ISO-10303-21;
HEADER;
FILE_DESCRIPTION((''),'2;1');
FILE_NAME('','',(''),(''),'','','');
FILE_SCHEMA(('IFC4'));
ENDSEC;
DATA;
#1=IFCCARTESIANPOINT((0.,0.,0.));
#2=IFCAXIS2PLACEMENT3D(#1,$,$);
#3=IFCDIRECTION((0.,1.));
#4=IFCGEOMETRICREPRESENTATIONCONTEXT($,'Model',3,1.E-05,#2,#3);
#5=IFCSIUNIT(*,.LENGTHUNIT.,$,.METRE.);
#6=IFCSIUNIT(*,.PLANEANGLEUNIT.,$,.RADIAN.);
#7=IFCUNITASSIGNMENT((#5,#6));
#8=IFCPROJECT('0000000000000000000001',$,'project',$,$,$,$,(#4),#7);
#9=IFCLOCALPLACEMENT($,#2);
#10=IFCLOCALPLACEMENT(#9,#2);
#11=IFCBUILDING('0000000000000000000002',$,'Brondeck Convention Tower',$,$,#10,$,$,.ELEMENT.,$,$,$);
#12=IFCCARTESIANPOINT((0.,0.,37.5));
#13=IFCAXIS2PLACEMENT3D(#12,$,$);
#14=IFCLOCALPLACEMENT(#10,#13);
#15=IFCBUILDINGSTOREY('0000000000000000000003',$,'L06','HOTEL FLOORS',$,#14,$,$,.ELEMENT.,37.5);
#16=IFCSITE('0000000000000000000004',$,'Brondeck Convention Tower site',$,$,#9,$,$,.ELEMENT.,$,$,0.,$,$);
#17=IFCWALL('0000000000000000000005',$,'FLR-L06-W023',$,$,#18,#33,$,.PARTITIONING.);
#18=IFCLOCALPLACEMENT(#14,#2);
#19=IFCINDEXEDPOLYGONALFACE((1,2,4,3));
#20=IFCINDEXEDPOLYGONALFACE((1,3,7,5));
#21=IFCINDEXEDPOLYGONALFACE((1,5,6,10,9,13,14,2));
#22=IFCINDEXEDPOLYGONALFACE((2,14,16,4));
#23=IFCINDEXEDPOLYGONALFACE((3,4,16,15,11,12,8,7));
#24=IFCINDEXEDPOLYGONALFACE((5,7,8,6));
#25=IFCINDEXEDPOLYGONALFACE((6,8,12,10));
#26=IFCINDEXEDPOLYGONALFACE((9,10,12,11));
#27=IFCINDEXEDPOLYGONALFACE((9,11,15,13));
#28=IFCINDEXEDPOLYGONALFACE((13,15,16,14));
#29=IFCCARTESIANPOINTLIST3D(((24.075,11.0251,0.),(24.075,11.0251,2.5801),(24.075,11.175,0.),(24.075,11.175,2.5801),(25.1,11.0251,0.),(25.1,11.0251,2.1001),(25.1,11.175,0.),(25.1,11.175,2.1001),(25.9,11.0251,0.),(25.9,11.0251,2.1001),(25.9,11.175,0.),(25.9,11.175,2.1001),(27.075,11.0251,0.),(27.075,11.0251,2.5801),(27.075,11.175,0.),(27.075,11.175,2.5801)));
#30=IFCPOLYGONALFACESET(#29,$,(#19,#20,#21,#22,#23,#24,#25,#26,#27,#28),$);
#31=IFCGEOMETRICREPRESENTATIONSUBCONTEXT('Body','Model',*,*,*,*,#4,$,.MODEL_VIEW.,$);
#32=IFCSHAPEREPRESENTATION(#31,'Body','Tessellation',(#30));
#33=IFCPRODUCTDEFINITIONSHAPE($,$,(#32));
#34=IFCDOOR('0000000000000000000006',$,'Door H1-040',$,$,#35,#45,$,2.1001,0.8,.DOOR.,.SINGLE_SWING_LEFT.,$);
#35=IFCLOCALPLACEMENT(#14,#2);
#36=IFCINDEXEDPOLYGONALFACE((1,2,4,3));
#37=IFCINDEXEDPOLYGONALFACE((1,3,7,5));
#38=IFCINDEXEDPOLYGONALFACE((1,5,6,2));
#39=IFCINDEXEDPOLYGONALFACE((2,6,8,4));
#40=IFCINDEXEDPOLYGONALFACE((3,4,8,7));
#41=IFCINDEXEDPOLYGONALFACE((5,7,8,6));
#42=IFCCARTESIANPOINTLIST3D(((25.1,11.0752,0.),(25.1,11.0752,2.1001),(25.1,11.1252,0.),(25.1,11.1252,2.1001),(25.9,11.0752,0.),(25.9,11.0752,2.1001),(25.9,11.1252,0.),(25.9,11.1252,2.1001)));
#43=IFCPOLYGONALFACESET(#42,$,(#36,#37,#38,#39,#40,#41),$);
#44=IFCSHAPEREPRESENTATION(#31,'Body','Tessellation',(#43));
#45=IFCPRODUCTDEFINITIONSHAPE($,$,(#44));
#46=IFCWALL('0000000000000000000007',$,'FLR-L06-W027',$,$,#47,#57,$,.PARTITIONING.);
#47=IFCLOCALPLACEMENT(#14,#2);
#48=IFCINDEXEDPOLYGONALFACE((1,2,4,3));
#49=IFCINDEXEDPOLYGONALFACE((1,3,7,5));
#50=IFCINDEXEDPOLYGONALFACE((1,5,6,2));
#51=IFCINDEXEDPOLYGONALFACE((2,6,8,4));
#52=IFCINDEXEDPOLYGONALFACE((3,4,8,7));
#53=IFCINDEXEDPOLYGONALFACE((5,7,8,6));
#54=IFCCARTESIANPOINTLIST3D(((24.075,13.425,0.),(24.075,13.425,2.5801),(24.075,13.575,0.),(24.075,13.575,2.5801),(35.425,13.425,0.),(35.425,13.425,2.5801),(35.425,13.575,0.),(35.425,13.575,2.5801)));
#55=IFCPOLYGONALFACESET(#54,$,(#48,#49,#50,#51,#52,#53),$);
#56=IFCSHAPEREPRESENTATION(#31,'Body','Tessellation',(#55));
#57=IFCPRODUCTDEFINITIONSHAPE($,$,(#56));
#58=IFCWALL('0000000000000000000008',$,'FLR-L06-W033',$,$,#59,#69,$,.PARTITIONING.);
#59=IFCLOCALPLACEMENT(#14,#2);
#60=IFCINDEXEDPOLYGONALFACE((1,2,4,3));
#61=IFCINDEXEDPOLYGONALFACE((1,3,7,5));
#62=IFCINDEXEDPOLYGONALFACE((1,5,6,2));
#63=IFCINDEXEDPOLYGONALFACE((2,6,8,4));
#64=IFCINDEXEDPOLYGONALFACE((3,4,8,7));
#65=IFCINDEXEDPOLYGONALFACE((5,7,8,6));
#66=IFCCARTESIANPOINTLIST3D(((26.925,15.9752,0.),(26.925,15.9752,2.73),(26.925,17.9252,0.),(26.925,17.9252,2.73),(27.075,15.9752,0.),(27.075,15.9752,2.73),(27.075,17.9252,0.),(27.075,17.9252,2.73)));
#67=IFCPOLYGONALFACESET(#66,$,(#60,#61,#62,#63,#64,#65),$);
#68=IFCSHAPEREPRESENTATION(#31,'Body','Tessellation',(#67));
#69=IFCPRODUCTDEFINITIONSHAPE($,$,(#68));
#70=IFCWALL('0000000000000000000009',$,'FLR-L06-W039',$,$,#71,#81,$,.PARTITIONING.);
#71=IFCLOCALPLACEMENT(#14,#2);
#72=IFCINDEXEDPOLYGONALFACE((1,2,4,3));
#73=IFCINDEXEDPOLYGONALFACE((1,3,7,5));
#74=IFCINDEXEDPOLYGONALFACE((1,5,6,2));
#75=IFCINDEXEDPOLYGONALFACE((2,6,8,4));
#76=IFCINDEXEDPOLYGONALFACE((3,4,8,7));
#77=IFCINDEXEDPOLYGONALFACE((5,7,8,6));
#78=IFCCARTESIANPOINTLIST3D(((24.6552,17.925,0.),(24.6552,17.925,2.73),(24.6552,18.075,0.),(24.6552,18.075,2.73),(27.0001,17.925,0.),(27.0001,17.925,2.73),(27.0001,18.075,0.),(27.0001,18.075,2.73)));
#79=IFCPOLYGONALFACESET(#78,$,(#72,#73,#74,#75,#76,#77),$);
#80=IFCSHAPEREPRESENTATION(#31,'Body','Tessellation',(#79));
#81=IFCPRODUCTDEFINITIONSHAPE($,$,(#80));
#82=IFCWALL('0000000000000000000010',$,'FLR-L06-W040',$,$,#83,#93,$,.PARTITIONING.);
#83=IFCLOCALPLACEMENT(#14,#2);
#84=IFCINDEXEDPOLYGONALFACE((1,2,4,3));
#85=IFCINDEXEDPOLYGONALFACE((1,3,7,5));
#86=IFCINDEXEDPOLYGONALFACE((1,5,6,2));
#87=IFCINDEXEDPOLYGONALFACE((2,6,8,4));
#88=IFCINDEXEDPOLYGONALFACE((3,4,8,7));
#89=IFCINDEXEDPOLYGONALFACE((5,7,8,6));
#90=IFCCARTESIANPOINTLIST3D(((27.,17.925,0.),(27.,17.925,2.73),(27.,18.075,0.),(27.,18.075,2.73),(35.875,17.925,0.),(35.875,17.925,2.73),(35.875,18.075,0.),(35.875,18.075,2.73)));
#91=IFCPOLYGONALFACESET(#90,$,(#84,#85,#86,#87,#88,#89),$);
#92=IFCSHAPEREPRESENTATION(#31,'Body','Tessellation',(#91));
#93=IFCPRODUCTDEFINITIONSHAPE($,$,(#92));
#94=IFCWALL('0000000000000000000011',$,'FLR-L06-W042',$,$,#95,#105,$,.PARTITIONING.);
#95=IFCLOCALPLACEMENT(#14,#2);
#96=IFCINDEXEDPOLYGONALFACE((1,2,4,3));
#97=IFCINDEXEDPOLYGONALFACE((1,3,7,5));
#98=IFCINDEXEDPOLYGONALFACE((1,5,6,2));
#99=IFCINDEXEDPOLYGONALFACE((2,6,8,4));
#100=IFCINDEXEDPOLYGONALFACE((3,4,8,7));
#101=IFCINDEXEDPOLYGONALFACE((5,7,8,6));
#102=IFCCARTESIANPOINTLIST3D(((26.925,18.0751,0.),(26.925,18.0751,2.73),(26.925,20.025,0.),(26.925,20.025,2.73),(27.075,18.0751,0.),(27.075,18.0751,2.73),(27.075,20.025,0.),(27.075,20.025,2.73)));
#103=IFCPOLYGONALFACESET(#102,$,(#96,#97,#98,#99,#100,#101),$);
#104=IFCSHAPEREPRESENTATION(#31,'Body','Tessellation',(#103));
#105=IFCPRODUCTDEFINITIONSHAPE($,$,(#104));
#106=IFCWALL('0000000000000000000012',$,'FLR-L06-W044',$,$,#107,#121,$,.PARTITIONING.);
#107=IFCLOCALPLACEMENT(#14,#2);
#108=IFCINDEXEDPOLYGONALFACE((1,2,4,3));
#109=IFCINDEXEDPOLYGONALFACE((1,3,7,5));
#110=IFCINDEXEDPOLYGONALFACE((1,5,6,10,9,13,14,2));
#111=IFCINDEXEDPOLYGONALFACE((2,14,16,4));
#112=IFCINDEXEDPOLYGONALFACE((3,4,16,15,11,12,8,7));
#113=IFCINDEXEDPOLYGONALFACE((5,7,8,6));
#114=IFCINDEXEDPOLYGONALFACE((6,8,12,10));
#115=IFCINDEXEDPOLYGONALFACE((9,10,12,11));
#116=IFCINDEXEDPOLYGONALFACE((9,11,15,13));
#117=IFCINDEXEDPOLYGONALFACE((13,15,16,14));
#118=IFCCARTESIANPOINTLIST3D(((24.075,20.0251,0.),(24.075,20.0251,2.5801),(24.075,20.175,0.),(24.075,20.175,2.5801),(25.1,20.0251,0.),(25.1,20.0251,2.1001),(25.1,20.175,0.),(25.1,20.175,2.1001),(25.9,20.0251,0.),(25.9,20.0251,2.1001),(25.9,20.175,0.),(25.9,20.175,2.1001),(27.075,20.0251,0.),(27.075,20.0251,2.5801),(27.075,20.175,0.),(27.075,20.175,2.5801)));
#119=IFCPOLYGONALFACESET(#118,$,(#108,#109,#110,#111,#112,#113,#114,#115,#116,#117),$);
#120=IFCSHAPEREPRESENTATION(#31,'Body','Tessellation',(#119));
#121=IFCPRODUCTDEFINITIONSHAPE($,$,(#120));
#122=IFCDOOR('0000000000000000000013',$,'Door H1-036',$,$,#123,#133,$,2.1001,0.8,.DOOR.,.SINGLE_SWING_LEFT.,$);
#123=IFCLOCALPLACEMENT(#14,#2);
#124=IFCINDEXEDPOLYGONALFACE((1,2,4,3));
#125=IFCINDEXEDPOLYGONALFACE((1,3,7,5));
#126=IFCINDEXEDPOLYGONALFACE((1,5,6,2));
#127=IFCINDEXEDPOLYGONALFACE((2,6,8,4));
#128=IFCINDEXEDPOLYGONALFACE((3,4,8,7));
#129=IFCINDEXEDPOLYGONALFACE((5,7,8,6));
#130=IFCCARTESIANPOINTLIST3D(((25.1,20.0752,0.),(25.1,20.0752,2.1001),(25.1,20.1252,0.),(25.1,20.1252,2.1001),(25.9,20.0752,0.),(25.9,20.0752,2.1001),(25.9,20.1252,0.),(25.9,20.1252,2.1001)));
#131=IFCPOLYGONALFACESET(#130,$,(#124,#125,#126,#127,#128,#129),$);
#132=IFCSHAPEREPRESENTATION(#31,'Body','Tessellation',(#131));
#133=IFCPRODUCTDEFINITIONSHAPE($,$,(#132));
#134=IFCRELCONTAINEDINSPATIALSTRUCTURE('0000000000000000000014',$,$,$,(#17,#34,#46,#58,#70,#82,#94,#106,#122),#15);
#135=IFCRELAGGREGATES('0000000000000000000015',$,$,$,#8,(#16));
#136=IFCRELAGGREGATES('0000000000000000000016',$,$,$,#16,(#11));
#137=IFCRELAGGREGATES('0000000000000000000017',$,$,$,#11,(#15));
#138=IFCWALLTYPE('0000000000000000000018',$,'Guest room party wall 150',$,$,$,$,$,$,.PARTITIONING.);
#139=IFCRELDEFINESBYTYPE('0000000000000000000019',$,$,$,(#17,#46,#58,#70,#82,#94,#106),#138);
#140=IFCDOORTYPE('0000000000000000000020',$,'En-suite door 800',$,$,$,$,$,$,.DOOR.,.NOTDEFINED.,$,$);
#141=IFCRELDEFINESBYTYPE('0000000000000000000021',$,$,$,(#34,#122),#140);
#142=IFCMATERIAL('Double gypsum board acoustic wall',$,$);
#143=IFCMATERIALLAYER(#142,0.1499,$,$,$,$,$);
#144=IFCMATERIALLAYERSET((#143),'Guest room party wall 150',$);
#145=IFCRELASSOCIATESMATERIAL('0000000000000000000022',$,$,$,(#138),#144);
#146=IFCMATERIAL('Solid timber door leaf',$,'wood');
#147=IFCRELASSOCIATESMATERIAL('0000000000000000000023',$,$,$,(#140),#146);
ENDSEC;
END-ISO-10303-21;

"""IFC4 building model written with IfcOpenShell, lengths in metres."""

from ifc_helpers import new_model, si_unit, direction, frame, frame_2d, origin, place, context, subcontext, project, spatial, rectangle, extrude, material, layer, layer_set, type_object, element, fill, save


model = new_model("IFC4")

# Units and contexts
model_context = context("Model", 3, precision=1e-05, world=origin(), true_north=direction((0.0, 1.0)))
body_context = subcontext(model_context, "Body", "Model", "MODEL_VIEW")
ifc_project = project(units=[si_unit("LENGTHUNIT", "METRE"), si_unit("PLANEANGLEUNIT", "RADIAN")], contexts=[model_context])

# Site, building, storey
site_placement = place(None, origin())
site = spatial("IfcSite", under=ifc_project, at=site_placement, Name="Brondeck Convention Tower site", CompositionType="ELEMENT", RefElevation=0.0)
building_placement = place(site_placement, origin())
building = spatial("IfcBuilding", under=site, at=building_placement, Name="Brondeck Convention Tower", CompositionType="ELEMENT")
storey_placement = place(building_placement, frame((0.0, 0.0, 37.5)))
storey = spatial("IfcBuildingStorey", under=building, at=storey_placement, Name="L06", Description="HOTEL FLOORS", CompositionType="ELEMENT", Elevation=37.5)

# Shared definitions
ifc_material_1 = material(Name="Double gypsum board acoustic wall")
ifc_layer_1 = layer(ifc_material_1, 0.1499)
ifc_layer_set_1 = layer_set([ifc_layer_1], Name="Guest room party wall 150")
wall_type_1 = type_object("IfcWallType", Name="Guest room party wall 150", PredefinedType="PARTITIONING", material=ifc_layer_set_1)

# Wall, opening, door
wall_1_placement = place(storey_placement, frame((27.075, 11.1001, 0.0), z_axis=(0.0, 0.0, 1.0), x_axis=(-1.0, 0.0, 0.0)))
wall_1 = element("IfcWall", 1, at=wall_1_placement, inside=storey, type_object=wall_type_1, Name="FLR-L06-W023", PredefinedType="PARTITIONING", context=body_context, shape_type="SweptSolid", body=[
    extrude(rectangle(XDim=3.0, YDim=0.1499, at=frame_2d((1.5, 0.0))), origin(), (0.0, 0.0, 1.0), 2.5801),
])
opening_1_placement = place(wall_1_placement, frame((1.175, 0.0, 0.0)))
opening_1 = element("IfcOpeningElement", 2, at=opening_1_placement, cuts=wall_1, PredefinedType="OPENING", context=body_context, shape_type="SweptSolid", body=[
    extrude(rectangle(XDim=0.8, YDim=2.1001, at=frame_2d((0.3999, 1.05))), frame((0.0, 0.085, 0.0), z_axis=(0.0, -1.0, 0.0), x_axis=(1.0, 0.0, 0.0)), (0.0, 0.0, 1.0), 0.1699),
])
ifc_material_2 = material(Name="Solid timber door leaf", Category="wood")
door_type = type_object("IfcDoorType", Name="En-suite door 800", OperationType="NOTDEFINED", PredefinedType="DOOR", material=ifc_material_2)
door_1_placement = place(opening_1_placement, origin())
door_1 = element("IfcDoor", 3, at=door_1_placement, inside=storey, type_object=door_type, Name="Door H1-040", OperationType="SINGLE_SWING_LEFT", OverallHeight=2.1001, OverallWidth=0.8, PredefinedType="DOOR", context=body_context, shape_type="SweptSolid", body=[
    extrude(rectangle(XDim=0.8, YDim=2.1001, at=frame_2d((0.3999, 1.05))), frame((0.0, 0.0249, 0.0), z_axis=(0.0, -1.0, 0.0), x_axis=(1.0, 0.0, 0.0)), (0.0, 0.0, 1.0), 0.05),
])
fill(opening_1, door_1)

# Walls
wall_2_placement = place(storey_placement, frame((35.425, 13.5, 0.0), z_axis=(0.0, 0.0, 1.0), x_axis=(-1.0, 0.0, 0.0)))
element("IfcWall", 4, at=wall_2_placement, inside=storey, type_object=wall_type_1, Name="FLR-L06-W027", PredefinedType="PARTITIONING", context=body_context, shape_type="SweptSolid", body=[
    extrude(rectangle(XDim=11.3501, YDim=0.1499, at=frame_2d((5.675, 0.0))), origin(), (0.0, 0.0, 1.0), 2.5801),
])
wall_3_placement = place(storey_placement, frame((27.0, 15.9751, 0.0), z_axis=(0.0, 0.0, 1.0), x_axis=(0.0, 1.0, 0.0)))
element("IfcWall", 5, at=wall_3_placement, inside=storey, type_object=wall_type_1, Name="FLR-L06-W033", PredefinedType="PARTITIONING", context=body_context, shape_type="SweptSolid", body=[
    extrude(rectangle(XDim=1.95, YDim=0.1499, at=frame_2d((0.9751, 0.0))), origin(), (0.0, 0.0, 1.0), 2.73),
])
wall_4_placement = place(storey_placement, frame((27.0, 18.0, 0.0), z_axis=(0.0, 0.0, 1.0), x_axis=(-1.0, 0.0, 0.0)))
element("IfcWall", 6, at=wall_4_placement, inside=storey, type_object=wall_type_1, Name="FLR-L06-W039", PredefinedType="PARTITIONING", context=body_context, shape_type="SweptSolid", body=[
    extrude(rectangle(XDim=2.345, YDim=0.1499, at=frame_2d((1.1724, 0.0))), origin(), (0.0, 0.0, 1.0), 2.73),
])
wall_5_placement = place(storey_placement, frame((35.875, 18.0, 0.0), z_axis=(0.0, 0.0, 1.0), x_axis=(-1.0, 0.0, 0.0)))
element("IfcWall", 7, at=wall_5_placement, inside=storey, type_object=wall_type_1, Name="FLR-L06-W040", PredefinedType="PARTITIONING", context=body_context, shape_type="SweptSolid", body=[
    extrude(rectangle(XDim=8.875, YDim=0.1499, at=frame_2d((4.4375, 0.0))), origin(), (0.0, 0.0, 1.0), 2.73),
])
wall_6_placement = place(storey_placement, frame((27.0, 18.075, 0.0), z_axis=(0.0, 0.0, 1.0), x_axis=(0.0, 1.0, 0.0)))
element("IfcWall", 8, at=wall_6_placement, inside=storey, type_object=wall_type_1, Name="FLR-L06-W042", PredefinedType="PARTITIONING", context=body_context, shape_type="SweptSolid", body=[
    extrude(rectangle(XDim=1.95, YDim=0.1499, at=frame_2d((0.9751, 0.0))), origin(), (0.0, 0.0, 1.0), 2.73),
])

# Wall, opening, door
wall_7_placement = place(storey_placement, frame((27.075, 20.1001, 0.0), z_axis=(0.0, 0.0, 1.0), x_axis=(-1.0, 0.0, 0.0)))
wall_7 = element("IfcWall", 9, at=wall_7_placement, inside=storey, type_object=wall_type_1, Name="FLR-L06-W044", PredefinedType="PARTITIONING", context=body_context, shape_type="SweptSolid", body=[
    extrude(rectangle(XDim=3.0, YDim=0.1499, at=frame_2d((1.5, 0.0))), origin(), (0.0, 0.0, 1.0), 2.5801),
])
opening_2_placement = place(wall_7_placement, frame((1.175, 0.0, 0.0)))
opening_2 = element("IfcOpeningElement", 10, at=opening_2_placement, cuts=wall_7, PredefinedType="OPENING", context=body_context, shape_type="SweptSolid", body=[
    extrude(rectangle(XDim=0.8, YDim=2.1001, at=frame_2d((0.3999, 1.05))), frame((0.0, 0.085, 0.0), z_axis=(0.0, -1.0, 0.0), x_axis=(1.0, 0.0, 0.0)), (0.0, 0.0, 1.0), 0.1699),
])
door_2_placement = place(opening_2_placement, origin())
door_2 = element("IfcDoor", 11, at=door_2_placement, inside=storey, type_object=door_type, Name="Door H1-036", OperationType="SINGLE_SWING_LEFT", OverallHeight=2.1001, OverallWidth=0.8, PredefinedType="DOOR", context=body_context, shape_type="SweptSolid", body=[
    extrude(rectangle(XDim=0.8, YDim=2.1001, at=frame_2d((0.3999, 1.05))), frame((0.0, 0.0249, 0.0), z_axis=(0.0, -1.0, 0.0), x_axis=(1.0, 0.0, 0.0)), (0.0, 0.0, 1.0), 0.05),
])
fill(opening_2, door_2)

save(model, "model.ifc")
